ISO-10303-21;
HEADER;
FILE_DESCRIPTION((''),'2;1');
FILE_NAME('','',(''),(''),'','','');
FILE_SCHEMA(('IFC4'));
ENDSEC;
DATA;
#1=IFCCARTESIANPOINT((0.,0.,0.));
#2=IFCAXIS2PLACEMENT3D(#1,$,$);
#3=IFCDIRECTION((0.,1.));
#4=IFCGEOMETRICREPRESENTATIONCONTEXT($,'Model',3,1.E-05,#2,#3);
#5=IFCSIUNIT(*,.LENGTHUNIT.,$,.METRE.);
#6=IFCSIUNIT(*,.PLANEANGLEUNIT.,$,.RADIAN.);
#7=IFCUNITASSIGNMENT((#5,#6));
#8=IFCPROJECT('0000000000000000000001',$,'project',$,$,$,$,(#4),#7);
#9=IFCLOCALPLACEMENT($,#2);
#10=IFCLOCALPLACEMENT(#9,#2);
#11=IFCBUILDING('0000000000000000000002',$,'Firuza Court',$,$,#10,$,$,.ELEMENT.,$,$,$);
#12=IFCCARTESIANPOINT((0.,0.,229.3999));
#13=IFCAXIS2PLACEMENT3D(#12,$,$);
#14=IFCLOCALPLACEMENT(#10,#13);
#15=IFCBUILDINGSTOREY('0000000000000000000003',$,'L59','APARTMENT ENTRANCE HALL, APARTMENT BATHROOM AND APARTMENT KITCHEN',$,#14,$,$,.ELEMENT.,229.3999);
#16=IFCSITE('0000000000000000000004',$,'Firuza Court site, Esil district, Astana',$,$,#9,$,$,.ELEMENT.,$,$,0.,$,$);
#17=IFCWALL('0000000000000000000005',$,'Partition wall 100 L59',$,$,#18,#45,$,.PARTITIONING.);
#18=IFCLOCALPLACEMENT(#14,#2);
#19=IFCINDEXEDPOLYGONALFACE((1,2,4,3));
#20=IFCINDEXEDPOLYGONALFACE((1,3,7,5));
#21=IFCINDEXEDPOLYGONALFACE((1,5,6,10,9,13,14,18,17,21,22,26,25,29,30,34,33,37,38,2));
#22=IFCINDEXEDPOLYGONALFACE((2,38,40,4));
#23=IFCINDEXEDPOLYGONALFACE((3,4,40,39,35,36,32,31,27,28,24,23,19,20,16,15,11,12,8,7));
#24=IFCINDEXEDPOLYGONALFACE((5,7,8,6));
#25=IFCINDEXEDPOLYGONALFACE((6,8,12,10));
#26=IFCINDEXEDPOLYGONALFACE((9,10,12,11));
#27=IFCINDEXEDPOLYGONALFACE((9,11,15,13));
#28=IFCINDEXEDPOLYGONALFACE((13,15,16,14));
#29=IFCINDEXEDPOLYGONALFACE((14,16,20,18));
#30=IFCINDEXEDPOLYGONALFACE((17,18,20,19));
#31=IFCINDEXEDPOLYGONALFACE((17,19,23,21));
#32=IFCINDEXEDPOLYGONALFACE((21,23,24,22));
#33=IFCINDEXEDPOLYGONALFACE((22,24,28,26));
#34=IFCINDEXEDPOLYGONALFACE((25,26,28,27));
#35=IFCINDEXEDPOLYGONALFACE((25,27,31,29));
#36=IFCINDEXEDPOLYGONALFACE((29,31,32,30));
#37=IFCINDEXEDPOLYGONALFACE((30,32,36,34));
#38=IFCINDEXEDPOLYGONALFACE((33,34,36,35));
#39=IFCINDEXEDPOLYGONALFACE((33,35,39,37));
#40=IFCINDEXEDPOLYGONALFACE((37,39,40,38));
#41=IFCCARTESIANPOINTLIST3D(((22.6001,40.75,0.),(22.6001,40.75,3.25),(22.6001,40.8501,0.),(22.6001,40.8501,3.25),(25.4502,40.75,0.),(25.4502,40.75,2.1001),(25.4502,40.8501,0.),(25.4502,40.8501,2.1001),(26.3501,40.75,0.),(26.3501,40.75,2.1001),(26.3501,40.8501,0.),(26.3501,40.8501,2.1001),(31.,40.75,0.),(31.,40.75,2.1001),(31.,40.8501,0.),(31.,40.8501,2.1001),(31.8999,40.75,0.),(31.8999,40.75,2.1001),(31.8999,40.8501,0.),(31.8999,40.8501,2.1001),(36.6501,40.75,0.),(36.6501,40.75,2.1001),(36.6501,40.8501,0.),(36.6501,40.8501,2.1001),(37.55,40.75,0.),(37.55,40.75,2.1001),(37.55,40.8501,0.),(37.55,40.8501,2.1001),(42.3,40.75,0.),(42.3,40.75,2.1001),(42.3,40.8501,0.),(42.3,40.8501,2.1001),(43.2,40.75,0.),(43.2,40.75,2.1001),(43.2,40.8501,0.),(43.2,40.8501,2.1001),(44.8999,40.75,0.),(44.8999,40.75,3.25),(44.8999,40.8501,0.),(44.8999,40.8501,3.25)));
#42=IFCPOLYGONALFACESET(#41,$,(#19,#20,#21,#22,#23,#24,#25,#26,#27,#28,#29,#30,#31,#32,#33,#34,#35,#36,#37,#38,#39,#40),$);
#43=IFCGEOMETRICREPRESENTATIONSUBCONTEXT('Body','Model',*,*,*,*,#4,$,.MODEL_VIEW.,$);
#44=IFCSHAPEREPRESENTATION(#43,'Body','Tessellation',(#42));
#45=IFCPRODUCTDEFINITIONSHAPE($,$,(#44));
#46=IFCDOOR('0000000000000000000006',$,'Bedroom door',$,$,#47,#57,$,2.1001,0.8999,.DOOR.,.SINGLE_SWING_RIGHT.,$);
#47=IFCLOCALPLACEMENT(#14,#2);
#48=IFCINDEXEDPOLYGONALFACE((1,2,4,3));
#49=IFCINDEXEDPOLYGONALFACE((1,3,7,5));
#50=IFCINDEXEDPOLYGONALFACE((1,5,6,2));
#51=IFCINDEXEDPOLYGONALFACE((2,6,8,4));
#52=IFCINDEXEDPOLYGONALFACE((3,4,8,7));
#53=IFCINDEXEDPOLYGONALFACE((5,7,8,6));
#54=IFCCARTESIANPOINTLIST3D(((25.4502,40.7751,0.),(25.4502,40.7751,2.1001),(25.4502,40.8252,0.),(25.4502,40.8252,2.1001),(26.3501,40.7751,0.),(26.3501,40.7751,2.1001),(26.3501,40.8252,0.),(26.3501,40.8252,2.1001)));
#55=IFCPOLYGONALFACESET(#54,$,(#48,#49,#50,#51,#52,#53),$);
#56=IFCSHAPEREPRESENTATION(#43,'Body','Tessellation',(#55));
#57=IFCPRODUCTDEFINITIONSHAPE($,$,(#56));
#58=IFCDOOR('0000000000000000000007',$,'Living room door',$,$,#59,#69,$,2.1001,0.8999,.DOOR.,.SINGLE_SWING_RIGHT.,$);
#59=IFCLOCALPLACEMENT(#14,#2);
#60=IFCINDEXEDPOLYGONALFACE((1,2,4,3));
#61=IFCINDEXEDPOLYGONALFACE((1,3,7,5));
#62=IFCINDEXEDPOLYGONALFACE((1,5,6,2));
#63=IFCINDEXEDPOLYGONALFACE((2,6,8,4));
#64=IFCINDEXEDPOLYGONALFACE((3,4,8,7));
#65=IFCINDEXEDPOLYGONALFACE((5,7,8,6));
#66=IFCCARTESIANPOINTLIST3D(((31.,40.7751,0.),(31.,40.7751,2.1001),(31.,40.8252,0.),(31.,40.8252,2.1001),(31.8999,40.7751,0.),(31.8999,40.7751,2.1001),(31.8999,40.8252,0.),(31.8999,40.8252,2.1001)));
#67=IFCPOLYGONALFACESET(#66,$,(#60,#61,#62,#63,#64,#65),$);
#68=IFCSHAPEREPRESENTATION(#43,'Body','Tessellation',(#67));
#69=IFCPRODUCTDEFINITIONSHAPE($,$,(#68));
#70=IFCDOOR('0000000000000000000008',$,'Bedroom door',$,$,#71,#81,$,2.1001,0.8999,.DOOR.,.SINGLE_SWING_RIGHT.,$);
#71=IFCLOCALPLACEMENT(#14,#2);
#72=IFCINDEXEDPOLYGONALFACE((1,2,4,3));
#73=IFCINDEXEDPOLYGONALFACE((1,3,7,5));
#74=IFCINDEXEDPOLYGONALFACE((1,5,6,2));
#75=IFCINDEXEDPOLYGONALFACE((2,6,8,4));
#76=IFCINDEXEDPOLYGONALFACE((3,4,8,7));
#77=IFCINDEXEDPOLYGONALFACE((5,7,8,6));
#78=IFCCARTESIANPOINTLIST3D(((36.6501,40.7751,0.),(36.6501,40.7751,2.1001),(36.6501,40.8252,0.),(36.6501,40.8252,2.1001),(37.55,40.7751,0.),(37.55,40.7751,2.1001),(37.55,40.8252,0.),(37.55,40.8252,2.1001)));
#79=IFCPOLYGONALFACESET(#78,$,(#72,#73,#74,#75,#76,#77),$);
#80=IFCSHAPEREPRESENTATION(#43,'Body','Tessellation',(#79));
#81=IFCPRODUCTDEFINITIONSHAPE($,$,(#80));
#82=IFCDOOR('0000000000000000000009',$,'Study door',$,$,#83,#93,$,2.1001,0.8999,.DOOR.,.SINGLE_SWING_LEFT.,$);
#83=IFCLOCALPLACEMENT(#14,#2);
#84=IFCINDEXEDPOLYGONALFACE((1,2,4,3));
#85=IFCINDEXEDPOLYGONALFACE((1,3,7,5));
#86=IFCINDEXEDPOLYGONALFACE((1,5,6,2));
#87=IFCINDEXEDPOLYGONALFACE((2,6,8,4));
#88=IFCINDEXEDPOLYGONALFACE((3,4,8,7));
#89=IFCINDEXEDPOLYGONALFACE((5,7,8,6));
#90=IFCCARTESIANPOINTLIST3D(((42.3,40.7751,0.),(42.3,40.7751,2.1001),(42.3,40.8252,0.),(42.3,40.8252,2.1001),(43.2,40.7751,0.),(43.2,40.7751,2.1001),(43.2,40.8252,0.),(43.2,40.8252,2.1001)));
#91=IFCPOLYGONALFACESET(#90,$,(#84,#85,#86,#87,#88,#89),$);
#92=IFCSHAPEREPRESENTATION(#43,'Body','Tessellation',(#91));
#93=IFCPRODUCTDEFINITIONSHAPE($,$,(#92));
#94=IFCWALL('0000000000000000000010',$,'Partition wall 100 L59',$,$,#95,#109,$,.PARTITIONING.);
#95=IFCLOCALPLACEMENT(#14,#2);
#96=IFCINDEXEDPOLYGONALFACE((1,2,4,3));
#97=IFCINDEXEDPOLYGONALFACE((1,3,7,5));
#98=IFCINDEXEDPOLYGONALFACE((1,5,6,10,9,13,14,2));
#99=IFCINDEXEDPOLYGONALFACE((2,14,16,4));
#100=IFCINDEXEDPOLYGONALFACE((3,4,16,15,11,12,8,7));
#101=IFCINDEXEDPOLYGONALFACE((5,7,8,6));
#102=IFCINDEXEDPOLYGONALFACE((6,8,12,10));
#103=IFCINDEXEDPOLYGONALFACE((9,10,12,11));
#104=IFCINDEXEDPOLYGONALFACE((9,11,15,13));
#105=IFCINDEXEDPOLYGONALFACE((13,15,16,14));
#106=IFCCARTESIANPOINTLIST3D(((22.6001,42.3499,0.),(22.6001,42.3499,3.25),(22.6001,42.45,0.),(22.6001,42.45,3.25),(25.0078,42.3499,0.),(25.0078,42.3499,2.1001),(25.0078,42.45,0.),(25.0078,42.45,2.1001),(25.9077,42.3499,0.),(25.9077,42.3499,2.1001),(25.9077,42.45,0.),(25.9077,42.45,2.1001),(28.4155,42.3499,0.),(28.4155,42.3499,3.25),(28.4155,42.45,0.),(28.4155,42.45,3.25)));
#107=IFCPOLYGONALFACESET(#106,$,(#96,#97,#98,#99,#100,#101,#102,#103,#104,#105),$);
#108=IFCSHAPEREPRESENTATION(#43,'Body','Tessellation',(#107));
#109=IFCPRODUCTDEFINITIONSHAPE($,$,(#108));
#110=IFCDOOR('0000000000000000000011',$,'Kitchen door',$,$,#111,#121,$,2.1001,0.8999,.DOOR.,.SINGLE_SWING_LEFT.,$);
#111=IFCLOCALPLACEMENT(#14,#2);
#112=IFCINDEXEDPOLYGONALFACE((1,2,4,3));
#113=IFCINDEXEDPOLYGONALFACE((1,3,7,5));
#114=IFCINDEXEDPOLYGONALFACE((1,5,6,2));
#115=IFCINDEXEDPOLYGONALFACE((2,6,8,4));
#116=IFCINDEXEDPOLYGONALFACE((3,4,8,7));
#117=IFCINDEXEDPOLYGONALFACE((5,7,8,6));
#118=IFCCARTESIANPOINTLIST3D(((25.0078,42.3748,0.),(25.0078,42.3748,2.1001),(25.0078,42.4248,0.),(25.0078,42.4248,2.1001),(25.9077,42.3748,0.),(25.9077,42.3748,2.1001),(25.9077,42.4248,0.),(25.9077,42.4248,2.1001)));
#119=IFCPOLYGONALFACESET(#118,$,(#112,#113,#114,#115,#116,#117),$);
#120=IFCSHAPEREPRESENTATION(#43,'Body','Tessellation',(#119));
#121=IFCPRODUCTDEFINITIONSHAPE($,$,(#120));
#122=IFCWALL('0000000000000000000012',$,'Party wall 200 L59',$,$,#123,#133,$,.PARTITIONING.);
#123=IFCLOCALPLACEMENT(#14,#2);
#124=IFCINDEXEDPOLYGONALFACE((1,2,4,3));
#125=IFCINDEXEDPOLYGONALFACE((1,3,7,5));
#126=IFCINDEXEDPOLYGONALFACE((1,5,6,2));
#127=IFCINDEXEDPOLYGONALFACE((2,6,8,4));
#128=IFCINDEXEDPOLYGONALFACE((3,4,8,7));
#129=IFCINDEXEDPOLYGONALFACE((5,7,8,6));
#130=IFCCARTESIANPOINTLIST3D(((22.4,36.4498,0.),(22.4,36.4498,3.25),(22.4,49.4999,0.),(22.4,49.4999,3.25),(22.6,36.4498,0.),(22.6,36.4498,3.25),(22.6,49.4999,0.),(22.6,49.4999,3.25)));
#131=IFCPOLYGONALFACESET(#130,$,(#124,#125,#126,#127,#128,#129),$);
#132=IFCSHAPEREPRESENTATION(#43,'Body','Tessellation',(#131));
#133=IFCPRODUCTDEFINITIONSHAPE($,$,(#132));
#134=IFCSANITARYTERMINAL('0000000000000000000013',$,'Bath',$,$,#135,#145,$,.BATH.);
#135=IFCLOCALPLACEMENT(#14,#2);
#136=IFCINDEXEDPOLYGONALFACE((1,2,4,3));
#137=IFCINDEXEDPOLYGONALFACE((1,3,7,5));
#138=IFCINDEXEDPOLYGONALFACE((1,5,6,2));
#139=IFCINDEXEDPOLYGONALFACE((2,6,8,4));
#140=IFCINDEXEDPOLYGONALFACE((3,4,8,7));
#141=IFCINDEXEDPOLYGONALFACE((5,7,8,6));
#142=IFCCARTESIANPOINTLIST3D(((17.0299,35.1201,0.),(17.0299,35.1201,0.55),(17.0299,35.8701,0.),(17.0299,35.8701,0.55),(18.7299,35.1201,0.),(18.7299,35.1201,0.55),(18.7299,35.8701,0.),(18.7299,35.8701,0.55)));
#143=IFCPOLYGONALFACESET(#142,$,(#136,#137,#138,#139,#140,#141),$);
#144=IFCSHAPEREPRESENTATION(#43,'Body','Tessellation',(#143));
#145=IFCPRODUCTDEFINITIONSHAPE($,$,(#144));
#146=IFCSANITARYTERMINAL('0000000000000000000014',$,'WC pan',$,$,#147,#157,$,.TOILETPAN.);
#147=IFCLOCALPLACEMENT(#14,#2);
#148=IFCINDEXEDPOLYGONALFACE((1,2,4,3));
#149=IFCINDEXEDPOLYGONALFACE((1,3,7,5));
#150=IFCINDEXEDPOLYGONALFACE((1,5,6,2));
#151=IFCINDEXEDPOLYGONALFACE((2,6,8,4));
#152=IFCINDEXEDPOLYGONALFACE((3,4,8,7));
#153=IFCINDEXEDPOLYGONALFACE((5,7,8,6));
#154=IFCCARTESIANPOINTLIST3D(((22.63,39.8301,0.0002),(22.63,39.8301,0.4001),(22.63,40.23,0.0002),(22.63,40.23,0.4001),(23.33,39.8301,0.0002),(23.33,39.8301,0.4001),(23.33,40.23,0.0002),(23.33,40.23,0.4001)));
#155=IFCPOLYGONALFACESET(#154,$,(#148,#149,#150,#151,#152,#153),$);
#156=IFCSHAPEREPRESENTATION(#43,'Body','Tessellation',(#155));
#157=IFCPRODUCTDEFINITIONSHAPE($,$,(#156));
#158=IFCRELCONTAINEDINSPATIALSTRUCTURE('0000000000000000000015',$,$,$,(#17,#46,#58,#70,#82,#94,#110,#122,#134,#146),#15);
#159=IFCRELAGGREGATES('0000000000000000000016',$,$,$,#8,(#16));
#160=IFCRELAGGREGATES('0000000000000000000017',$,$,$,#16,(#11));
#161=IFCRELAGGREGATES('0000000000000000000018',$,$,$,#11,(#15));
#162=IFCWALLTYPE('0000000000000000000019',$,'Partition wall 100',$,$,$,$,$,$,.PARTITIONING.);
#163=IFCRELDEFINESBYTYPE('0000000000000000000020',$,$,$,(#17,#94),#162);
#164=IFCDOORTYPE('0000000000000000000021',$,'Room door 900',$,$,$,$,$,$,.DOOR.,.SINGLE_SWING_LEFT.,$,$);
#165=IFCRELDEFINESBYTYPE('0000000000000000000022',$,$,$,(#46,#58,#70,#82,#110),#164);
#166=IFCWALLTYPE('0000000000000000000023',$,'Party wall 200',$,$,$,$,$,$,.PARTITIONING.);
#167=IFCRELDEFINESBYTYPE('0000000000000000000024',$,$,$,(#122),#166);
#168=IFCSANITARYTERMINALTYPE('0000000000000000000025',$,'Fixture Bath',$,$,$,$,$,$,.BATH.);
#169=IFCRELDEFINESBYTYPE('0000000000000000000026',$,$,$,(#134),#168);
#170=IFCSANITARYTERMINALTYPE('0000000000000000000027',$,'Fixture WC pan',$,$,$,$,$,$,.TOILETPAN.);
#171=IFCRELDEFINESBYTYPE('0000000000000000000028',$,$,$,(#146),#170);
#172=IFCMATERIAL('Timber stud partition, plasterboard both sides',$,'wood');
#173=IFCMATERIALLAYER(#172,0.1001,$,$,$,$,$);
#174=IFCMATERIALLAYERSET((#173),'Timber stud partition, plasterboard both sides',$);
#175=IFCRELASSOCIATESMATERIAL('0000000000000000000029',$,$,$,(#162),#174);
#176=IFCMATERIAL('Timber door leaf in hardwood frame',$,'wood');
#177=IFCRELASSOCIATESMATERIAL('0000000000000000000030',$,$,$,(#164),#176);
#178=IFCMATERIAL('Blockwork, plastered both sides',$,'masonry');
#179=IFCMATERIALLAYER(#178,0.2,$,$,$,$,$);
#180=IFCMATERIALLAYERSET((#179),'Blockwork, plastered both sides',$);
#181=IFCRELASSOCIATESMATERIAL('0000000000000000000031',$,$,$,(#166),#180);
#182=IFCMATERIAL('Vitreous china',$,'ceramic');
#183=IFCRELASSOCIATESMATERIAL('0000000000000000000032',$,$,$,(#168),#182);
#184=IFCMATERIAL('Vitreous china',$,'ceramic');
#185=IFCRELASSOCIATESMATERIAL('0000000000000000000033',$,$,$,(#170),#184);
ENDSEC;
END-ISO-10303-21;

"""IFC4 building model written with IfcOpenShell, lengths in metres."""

from ifc_helpers import new_model, si_unit, direction, frame, frame_2d, origin, origin_2d, place, context, subcontext, project, spatial, rectangle, extrude, material, layer, layer_set, type_object, element, fill, save


model = new_model("IFC4")

# Units and contexts
model_context = context("Model", 3, precision=1e-05, world=origin(), true_north=direction((0.0, 1.0)))
body_context = subcontext(model_context, "Body", "Model", "MODEL_VIEW")
ifc_project = project(units=[si_unit("LENGTHUNIT", "METRE"), si_unit("PLANEANGLEUNIT", "RADIAN")], contexts=[model_context])

# Site, building, storey
site_placement = place(None, origin())
site = spatial("IfcSite", under=ifc_project, at=site_placement, Name="Firuza Court site, Esil district, Astana", CompositionType="ELEMENT", RefElevation=0.0)
building_placement = place(site_placement, origin())
building = spatial("IfcBuilding", under=site, at=building_placement, Name="Firuza Court", CompositionType="ELEMENT")
storey_placement = place(building_placement, frame((0.0, 0.0, 229.3999)))
storey = spatial("IfcBuildingStorey", under=building, at=storey_placement, Name="L59", Description="APARTMENT ENTRANCE HALL, APARTMENT BATHROOM AND APARTMENT KITCHEN", CompositionType="ELEMENT", Elevation=229.3999)

# Shared definitions
ifc_material_1 = material(Name="Blockwork, plastered both sides", Category="masonry")

# Wall, openings, doors
ifc_material_2 = material(Name="Timber stud partition, plasterboard both sides", Category="wood")
ifc_layer_1 = layer(ifc_material_2, 0.1001)
ifc_layer_set_1 = layer_set([ifc_layer_1], Name="Timber stud partition, plasterboard both sides")
wall_type_1 = type_object("IfcWallType", Name="Partition wall 100", PredefinedType="PARTITIONING", material=ifc_layer_set_1)
wall_1_placement = place(storey_placement, frame((22.6001, 40.8, 0.0), z_axis=(0.0, 0.0, 1.0), x_axis=(1.0, 0.0, 0.0)))
wall_1 = element("IfcWall", 1, at=wall_1_placement, inside=storey, type_object=wall_type_1, Name="Partition wall 100 L59", PredefinedType="PARTITIONING", context=body_context, shape_type="SweptSolid", body=[
    extrude(rectangle(XDim=22.2998, YDim=0.1001, at=frame_2d((11.1499, 0.0))), origin(), (0.0, 0.0, 1.0), 3.25),
])
opening_1_placement = place(wall_1_placement, frame((2.8501, 0.0, 0.0)))
opening_1 = element("IfcOpeningElement", 2, at=opening_1_placement, cuts=wall_1, PredefinedType="OPENING", context=body_context, shape_type="SweptSolid", body=[
    extrude(rectangle(XDim=0.8999, YDim=2.1001, at=frame_2d((0.45, 1.05))), frame((0.0, 0.062, 0.0), z_axis=(0.0, -1.0, 0.0), x_axis=(1.0, 0.0, 0.0)), (0.0, 0.0, 1.0), 0.124),
])
opening_2_placement = place(wall_1_placement, frame((8.3999, 0.0, 0.0)))
opening_2 = element("IfcOpeningElement", 3, at=opening_2_placement, cuts=wall_1, PredefinedType="OPENING", context=body_context, shape_type="SweptSolid", body=[
    extrude(rectangle(XDim=0.8999, YDim=2.1001, at=frame_2d((0.45, 1.05))), frame((0.0, 0.062, 0.0), z_axis=(0.0, -1.0, 0.0), x_axis=(1.0, 0.0, 0.0)), (0.0, 0.0, 1.0), 0.124),
])
opening_3_placement = place(wall_1_placement, frame((14.05, 0.0, 0.0)))
opening_3 = element("IfcOpeningElement", 4, at=opening_3_placement, cuts=wall_1, PredefinedType="OPENING", context=body_context, shape_type="SweptSolid", body=[
    extrude(rectangle(XDim=0.8999, YDim=2.1001, at=frame_2d((0.45, 1.05))), frame((0.0, 0.062, 0.0), z_axis=(0.0, -1.0, 0.0), x_axis=(1.0, 0.0, 0.0)), (0.0, 0.0, 1.0), 0.124),
])
opening_4_placement = place(wall_1_placement, frame((19.7, 0.0, 0.0)))
opening_4 = element("IfcOpeningElement", 5, at=opening_4_placement, cuts=wall_1, PredefinedType="OPENING", context=body_context, shape_type="SweptSolid", body=[
    extrude(rectangle(XDim=0.8999, YDim=2.1001, at=frame_2d((0.45, 1.05))), frame((0.0, 0.062, 0.0), z_axis=(0.0, -1.0, 0.0), x_axis=(1.0, 0.0, 0.0)), (0.0, 0.0, 1.0), 0.124),
])
ifc_material_3 = material(Name="Timber door leaf in hardwood frame", Category="wood")
door_type = type_object("IfcDoorType", Name="Room door 900", OperationType="SINGLE_SWING_LEFT", PredefinedType="DOOR", material=ifc_material_3)
door_1_placement = place(opening_1_placement, frame((0.8999, 0.0, 0.0), z_axis=(0.0, 0.0, 1.0), x_axis=(-1.0, 0.0, 0.0)))
door_1 = element("IfcDoor", 6, at=door_1_placement, inside=storey, type_object=door_type, Name="Bedroom door", OperationType="SINGLE_SWING_RIGHT", OverallHeight=2.1001, OverallWidth=0.8999, PredefinedType="DOOR", context=body_context, shape_type="SweptSolid", body=[
    extrude(rectangle(XDim=0.8999, YDim=2.1001, at=frame_2d((0.45, 1.05))), frame((0.0, 0.0249, 0.0), z_axis=(0.0, -1.0, 0.0), x_axis=(1.0, 0.0, 0.0)), (0.0, 0.0, 1.0), 0.05),
])
fill(opening_1, door_1)
door_2_placement = place(opening_2_placement, frame((0.8999, 0.0, 0.0), z_axis=(0.0, 0.0, 1.0), x_axis=(-1.0, 0.0, 0.0)))
door_2 = element("IfcDoor", 7, at=door_2_placement, inside=storey, type_object=door_type, Name="Living room door", OperationType="SINGLE_SWING_RIGHT", OverallHeight=2.1001, OverallWidth=0.8999, PredefinedType="DOOR", context=body_context, shape_type="SweptSolid", body=[
    extrude(rectangle(XDim=0.8999, YDim=2.1001, at=frame_2d((0.45, 1.05))), frame((0.0, 0.0249, 0.0), z_axis=(0.0, -1.0, 0.0), x_axis=(1.0, 0.0, 0.0)), (0.0, 0.0, 1.0), 0.05),
])
fill(opening_2, door_2)
door_3_placement = place(opening_3_placement, frame((0.8999, 0.0, 0.0), z_axis=(0.0, 0.0, 1.0), x_axis=(-1.0, 0.0, 0.0)))
door_3 = element("IfcDoor", 8, at=door_3_placement, inside=storey, type_object=door_type, Name="Bedroom door", OperationType="SINGLE_SWING_RIGHT", OverallHeight=2.1001, OverallWidth=0.8999, PredefinedType="DOOR", context=body_context, shape_type="SweptSolid", body=[
    extrude(rectangle(XDim=0.8999, YDim=2.1001, at=frame_2d((0.45, 1.05))), frame((0.0, 0.0249, 0.0), z_axis=(0.0, -1.0, 0.0), x_axis=(1.0, 0.0, 0.0)), (0.0, 0.0, 1.0), 0.05),
])
fill(opening_3, door_3)
door_4_placement = place(opening_4_placement, frame((0.8999, 0.0, 0.0), z_axis=(0.0, 0.0, 1.0), x_axis=(-1.0, 0.0, 0.0)))
door_4 = element("IfcDoor", 9, at=door_4_placement, inside=storey, type_object=door_type, Name="Study door", OperationType="SINGLE_SWING_LEFT", OverallHeight=2.1001, OverallWidth=0.8999, PredefinedType="DOOR", context=body_context, shape_type="SweptSolid", body=[
    extrude(rectangle(XDim=0.8999, YDim=2.1001, at=frame_2d((0.45, 1.05))), frame((0.0, 0.0249, 0.0), z_axis=(0.0, -1.0, 0.0), x_axis=(1.0, 0.0, 0.0)), (0.0, 0.0, 1.0), 0.05),
])
fill(opening_4, door_4)

# Wall, opening, door
wall_2_placement = place(storey_placement, frame((22.6001, 42.3999, 0.0), z_axis=(0.0, 0.0, 1.0), x_axis=(1.0, 0.0, 0.0)))
wall_2 = element("IfcWall", 10, at=wall_2_placement, inside=storey, type_object=wall_type_1, Name="Partition wall 100 L59", PredefinedType="PARTITIONING", context=body_context, shape_type="SweptSolid", body=[
    extrude(rectangle(XDim=5.8154, YDim=0.1001, at=frame_2d((2.9077, 0.0))), origin(), (0.0, 0.0, 1.0), 3.25),
])
opening_5_placement = place(wall_2_placement, frame((2.4077, 0.0, 0.0)))
opening_5 = element("IfcOpeningElement", 11, at=opening_5_placement, cuts=wall_2, PredefinedType="OPENING", context=body_context, shape_type="SweptSolid", body=[
    extrude(rectangle(XDim=0.8999, YDim=2.1001, at=frame_2d((0.45, 1.05))), frame((0.0, 0.062, 0.0), z_axis=(0.0, -1.0, 0.0), x_axis=(1.0, 0.0, 0.0)), (0.0, 0.0, 1.0), 0.124),
])
door_5_placement = place(opening_5_placement, origin())
door_5 = element("IfcDoor", 12, at=door_5_placement, inside=storey, type_object=door_type, Name="Kitchen door", OperationType="SINGLE_SWING_LEFT", OverallHeight=2.1001, OverallWidth=0.8999, PredefinedType="DOOR", context=body_context, shape_type="SweptSolid", body=[
    extrude(rectangle(XDim=0.8999, YDim=2.1001, at=frame_2d((0.45, 1.05))), frame((0.0, 0.0249, 0.0), z_axis=(0.0, -1.0, 0.0), x_axis=(1.0, 0.0, 0.0)), (0.0, 0.0, 1.0), 0.05),
])
fill(opening_5, door_5)

# Wall
ifc_layer_2 = layer(ifc_material_1, 0.2)
ifc_layer_set_2 = layer_set([ifc_layer_2], Name="Blockwork, plastered both sides")
wall_type_2 = type_object("IfcWallType", Name="Party wall 200", PredefinedType="PARTITIONING", material=ifc_layer_set_2)
wall_3_placement = place(storey_placement, frame((22.5, 36.45, 0.0), z_axis=(0.0, 0.0, 1.0), x_axis=(0.0, 1.0, 0.0)))
element("IfcWall", 13, at=wall_3_placement, inside=storey, type_object=wall_type_2, Name="Party wall 200 L59", PredefinedType="PARTITIONING", context=body_context, shape_type="SweptSolid", body=[
    extrude(rectangle(XDim=13.05, YDim=0.2, at=frame_2d((6.5249, 0.0))), origin(), (0.0, 0.0, 1.0), 3.25),
])

# Sanitary terminals
ifc_material_4 = material(Name="Vitreous china", Category="ceramic")
sanitary_terminal_type_1 = type_object("IfcSanitaryTerminalType", Name="Fixture Bath", PredefinedType="BATH", material=ifc_material_4)
sanitary_terminal_1_placement = place(storey_placement, frame((17.8799, 35.4951, 0.0), z_axis=(0.0, 0.0, 1.0), x_axis=(1.0, 0.0, 0.0)))
element("IfcSanitaryTerminal", 14, at=sanitary_terminal_1_placement, inside=storey, type_object=sanitary_terminal_type_1, Name="Bath", PredefinedType="BATH", context=body_context, shape_type="SweptSolid", body=[
    extrude(rectangle(XDim=1.7, YDim=0.75, at=origin_2d()), origin(), (0.0, 0.0, 1.0), 0.55),
])
ifc_material_5 = material(Name="Vitreous china", Category="ceramic")
sanitary_terminal_type_2 = type_object("IfcSanitaryTerminalType", Name="Fixture WC pan", PredefinedType="TOILETPAN", material=ifc_material_5)
sanitary_terminal_2_placement = place(storey_placement, frame((22.98, 40.03, 0.0002), z_axis=(0.0, 0.0, 1.0), x_axis=(1.0, 0.0, 0.0)))
element("IfcSanitaryTerminal", 15, at=sanitary_terminal_2_placement, inside=storey, type_object=sanitary_terminal_type_2, Name="WC pan", PredefinedType="TOILETPAN", context=body_context, shape_type="SweptSolid", body=[
    extrude(rectangle(XDim=0.7, YDim=0.3999, at=origin_2d()), origin(), (0.0, 0.0, 1.0), 0.3999),
])

save(model, "model.ifc")
